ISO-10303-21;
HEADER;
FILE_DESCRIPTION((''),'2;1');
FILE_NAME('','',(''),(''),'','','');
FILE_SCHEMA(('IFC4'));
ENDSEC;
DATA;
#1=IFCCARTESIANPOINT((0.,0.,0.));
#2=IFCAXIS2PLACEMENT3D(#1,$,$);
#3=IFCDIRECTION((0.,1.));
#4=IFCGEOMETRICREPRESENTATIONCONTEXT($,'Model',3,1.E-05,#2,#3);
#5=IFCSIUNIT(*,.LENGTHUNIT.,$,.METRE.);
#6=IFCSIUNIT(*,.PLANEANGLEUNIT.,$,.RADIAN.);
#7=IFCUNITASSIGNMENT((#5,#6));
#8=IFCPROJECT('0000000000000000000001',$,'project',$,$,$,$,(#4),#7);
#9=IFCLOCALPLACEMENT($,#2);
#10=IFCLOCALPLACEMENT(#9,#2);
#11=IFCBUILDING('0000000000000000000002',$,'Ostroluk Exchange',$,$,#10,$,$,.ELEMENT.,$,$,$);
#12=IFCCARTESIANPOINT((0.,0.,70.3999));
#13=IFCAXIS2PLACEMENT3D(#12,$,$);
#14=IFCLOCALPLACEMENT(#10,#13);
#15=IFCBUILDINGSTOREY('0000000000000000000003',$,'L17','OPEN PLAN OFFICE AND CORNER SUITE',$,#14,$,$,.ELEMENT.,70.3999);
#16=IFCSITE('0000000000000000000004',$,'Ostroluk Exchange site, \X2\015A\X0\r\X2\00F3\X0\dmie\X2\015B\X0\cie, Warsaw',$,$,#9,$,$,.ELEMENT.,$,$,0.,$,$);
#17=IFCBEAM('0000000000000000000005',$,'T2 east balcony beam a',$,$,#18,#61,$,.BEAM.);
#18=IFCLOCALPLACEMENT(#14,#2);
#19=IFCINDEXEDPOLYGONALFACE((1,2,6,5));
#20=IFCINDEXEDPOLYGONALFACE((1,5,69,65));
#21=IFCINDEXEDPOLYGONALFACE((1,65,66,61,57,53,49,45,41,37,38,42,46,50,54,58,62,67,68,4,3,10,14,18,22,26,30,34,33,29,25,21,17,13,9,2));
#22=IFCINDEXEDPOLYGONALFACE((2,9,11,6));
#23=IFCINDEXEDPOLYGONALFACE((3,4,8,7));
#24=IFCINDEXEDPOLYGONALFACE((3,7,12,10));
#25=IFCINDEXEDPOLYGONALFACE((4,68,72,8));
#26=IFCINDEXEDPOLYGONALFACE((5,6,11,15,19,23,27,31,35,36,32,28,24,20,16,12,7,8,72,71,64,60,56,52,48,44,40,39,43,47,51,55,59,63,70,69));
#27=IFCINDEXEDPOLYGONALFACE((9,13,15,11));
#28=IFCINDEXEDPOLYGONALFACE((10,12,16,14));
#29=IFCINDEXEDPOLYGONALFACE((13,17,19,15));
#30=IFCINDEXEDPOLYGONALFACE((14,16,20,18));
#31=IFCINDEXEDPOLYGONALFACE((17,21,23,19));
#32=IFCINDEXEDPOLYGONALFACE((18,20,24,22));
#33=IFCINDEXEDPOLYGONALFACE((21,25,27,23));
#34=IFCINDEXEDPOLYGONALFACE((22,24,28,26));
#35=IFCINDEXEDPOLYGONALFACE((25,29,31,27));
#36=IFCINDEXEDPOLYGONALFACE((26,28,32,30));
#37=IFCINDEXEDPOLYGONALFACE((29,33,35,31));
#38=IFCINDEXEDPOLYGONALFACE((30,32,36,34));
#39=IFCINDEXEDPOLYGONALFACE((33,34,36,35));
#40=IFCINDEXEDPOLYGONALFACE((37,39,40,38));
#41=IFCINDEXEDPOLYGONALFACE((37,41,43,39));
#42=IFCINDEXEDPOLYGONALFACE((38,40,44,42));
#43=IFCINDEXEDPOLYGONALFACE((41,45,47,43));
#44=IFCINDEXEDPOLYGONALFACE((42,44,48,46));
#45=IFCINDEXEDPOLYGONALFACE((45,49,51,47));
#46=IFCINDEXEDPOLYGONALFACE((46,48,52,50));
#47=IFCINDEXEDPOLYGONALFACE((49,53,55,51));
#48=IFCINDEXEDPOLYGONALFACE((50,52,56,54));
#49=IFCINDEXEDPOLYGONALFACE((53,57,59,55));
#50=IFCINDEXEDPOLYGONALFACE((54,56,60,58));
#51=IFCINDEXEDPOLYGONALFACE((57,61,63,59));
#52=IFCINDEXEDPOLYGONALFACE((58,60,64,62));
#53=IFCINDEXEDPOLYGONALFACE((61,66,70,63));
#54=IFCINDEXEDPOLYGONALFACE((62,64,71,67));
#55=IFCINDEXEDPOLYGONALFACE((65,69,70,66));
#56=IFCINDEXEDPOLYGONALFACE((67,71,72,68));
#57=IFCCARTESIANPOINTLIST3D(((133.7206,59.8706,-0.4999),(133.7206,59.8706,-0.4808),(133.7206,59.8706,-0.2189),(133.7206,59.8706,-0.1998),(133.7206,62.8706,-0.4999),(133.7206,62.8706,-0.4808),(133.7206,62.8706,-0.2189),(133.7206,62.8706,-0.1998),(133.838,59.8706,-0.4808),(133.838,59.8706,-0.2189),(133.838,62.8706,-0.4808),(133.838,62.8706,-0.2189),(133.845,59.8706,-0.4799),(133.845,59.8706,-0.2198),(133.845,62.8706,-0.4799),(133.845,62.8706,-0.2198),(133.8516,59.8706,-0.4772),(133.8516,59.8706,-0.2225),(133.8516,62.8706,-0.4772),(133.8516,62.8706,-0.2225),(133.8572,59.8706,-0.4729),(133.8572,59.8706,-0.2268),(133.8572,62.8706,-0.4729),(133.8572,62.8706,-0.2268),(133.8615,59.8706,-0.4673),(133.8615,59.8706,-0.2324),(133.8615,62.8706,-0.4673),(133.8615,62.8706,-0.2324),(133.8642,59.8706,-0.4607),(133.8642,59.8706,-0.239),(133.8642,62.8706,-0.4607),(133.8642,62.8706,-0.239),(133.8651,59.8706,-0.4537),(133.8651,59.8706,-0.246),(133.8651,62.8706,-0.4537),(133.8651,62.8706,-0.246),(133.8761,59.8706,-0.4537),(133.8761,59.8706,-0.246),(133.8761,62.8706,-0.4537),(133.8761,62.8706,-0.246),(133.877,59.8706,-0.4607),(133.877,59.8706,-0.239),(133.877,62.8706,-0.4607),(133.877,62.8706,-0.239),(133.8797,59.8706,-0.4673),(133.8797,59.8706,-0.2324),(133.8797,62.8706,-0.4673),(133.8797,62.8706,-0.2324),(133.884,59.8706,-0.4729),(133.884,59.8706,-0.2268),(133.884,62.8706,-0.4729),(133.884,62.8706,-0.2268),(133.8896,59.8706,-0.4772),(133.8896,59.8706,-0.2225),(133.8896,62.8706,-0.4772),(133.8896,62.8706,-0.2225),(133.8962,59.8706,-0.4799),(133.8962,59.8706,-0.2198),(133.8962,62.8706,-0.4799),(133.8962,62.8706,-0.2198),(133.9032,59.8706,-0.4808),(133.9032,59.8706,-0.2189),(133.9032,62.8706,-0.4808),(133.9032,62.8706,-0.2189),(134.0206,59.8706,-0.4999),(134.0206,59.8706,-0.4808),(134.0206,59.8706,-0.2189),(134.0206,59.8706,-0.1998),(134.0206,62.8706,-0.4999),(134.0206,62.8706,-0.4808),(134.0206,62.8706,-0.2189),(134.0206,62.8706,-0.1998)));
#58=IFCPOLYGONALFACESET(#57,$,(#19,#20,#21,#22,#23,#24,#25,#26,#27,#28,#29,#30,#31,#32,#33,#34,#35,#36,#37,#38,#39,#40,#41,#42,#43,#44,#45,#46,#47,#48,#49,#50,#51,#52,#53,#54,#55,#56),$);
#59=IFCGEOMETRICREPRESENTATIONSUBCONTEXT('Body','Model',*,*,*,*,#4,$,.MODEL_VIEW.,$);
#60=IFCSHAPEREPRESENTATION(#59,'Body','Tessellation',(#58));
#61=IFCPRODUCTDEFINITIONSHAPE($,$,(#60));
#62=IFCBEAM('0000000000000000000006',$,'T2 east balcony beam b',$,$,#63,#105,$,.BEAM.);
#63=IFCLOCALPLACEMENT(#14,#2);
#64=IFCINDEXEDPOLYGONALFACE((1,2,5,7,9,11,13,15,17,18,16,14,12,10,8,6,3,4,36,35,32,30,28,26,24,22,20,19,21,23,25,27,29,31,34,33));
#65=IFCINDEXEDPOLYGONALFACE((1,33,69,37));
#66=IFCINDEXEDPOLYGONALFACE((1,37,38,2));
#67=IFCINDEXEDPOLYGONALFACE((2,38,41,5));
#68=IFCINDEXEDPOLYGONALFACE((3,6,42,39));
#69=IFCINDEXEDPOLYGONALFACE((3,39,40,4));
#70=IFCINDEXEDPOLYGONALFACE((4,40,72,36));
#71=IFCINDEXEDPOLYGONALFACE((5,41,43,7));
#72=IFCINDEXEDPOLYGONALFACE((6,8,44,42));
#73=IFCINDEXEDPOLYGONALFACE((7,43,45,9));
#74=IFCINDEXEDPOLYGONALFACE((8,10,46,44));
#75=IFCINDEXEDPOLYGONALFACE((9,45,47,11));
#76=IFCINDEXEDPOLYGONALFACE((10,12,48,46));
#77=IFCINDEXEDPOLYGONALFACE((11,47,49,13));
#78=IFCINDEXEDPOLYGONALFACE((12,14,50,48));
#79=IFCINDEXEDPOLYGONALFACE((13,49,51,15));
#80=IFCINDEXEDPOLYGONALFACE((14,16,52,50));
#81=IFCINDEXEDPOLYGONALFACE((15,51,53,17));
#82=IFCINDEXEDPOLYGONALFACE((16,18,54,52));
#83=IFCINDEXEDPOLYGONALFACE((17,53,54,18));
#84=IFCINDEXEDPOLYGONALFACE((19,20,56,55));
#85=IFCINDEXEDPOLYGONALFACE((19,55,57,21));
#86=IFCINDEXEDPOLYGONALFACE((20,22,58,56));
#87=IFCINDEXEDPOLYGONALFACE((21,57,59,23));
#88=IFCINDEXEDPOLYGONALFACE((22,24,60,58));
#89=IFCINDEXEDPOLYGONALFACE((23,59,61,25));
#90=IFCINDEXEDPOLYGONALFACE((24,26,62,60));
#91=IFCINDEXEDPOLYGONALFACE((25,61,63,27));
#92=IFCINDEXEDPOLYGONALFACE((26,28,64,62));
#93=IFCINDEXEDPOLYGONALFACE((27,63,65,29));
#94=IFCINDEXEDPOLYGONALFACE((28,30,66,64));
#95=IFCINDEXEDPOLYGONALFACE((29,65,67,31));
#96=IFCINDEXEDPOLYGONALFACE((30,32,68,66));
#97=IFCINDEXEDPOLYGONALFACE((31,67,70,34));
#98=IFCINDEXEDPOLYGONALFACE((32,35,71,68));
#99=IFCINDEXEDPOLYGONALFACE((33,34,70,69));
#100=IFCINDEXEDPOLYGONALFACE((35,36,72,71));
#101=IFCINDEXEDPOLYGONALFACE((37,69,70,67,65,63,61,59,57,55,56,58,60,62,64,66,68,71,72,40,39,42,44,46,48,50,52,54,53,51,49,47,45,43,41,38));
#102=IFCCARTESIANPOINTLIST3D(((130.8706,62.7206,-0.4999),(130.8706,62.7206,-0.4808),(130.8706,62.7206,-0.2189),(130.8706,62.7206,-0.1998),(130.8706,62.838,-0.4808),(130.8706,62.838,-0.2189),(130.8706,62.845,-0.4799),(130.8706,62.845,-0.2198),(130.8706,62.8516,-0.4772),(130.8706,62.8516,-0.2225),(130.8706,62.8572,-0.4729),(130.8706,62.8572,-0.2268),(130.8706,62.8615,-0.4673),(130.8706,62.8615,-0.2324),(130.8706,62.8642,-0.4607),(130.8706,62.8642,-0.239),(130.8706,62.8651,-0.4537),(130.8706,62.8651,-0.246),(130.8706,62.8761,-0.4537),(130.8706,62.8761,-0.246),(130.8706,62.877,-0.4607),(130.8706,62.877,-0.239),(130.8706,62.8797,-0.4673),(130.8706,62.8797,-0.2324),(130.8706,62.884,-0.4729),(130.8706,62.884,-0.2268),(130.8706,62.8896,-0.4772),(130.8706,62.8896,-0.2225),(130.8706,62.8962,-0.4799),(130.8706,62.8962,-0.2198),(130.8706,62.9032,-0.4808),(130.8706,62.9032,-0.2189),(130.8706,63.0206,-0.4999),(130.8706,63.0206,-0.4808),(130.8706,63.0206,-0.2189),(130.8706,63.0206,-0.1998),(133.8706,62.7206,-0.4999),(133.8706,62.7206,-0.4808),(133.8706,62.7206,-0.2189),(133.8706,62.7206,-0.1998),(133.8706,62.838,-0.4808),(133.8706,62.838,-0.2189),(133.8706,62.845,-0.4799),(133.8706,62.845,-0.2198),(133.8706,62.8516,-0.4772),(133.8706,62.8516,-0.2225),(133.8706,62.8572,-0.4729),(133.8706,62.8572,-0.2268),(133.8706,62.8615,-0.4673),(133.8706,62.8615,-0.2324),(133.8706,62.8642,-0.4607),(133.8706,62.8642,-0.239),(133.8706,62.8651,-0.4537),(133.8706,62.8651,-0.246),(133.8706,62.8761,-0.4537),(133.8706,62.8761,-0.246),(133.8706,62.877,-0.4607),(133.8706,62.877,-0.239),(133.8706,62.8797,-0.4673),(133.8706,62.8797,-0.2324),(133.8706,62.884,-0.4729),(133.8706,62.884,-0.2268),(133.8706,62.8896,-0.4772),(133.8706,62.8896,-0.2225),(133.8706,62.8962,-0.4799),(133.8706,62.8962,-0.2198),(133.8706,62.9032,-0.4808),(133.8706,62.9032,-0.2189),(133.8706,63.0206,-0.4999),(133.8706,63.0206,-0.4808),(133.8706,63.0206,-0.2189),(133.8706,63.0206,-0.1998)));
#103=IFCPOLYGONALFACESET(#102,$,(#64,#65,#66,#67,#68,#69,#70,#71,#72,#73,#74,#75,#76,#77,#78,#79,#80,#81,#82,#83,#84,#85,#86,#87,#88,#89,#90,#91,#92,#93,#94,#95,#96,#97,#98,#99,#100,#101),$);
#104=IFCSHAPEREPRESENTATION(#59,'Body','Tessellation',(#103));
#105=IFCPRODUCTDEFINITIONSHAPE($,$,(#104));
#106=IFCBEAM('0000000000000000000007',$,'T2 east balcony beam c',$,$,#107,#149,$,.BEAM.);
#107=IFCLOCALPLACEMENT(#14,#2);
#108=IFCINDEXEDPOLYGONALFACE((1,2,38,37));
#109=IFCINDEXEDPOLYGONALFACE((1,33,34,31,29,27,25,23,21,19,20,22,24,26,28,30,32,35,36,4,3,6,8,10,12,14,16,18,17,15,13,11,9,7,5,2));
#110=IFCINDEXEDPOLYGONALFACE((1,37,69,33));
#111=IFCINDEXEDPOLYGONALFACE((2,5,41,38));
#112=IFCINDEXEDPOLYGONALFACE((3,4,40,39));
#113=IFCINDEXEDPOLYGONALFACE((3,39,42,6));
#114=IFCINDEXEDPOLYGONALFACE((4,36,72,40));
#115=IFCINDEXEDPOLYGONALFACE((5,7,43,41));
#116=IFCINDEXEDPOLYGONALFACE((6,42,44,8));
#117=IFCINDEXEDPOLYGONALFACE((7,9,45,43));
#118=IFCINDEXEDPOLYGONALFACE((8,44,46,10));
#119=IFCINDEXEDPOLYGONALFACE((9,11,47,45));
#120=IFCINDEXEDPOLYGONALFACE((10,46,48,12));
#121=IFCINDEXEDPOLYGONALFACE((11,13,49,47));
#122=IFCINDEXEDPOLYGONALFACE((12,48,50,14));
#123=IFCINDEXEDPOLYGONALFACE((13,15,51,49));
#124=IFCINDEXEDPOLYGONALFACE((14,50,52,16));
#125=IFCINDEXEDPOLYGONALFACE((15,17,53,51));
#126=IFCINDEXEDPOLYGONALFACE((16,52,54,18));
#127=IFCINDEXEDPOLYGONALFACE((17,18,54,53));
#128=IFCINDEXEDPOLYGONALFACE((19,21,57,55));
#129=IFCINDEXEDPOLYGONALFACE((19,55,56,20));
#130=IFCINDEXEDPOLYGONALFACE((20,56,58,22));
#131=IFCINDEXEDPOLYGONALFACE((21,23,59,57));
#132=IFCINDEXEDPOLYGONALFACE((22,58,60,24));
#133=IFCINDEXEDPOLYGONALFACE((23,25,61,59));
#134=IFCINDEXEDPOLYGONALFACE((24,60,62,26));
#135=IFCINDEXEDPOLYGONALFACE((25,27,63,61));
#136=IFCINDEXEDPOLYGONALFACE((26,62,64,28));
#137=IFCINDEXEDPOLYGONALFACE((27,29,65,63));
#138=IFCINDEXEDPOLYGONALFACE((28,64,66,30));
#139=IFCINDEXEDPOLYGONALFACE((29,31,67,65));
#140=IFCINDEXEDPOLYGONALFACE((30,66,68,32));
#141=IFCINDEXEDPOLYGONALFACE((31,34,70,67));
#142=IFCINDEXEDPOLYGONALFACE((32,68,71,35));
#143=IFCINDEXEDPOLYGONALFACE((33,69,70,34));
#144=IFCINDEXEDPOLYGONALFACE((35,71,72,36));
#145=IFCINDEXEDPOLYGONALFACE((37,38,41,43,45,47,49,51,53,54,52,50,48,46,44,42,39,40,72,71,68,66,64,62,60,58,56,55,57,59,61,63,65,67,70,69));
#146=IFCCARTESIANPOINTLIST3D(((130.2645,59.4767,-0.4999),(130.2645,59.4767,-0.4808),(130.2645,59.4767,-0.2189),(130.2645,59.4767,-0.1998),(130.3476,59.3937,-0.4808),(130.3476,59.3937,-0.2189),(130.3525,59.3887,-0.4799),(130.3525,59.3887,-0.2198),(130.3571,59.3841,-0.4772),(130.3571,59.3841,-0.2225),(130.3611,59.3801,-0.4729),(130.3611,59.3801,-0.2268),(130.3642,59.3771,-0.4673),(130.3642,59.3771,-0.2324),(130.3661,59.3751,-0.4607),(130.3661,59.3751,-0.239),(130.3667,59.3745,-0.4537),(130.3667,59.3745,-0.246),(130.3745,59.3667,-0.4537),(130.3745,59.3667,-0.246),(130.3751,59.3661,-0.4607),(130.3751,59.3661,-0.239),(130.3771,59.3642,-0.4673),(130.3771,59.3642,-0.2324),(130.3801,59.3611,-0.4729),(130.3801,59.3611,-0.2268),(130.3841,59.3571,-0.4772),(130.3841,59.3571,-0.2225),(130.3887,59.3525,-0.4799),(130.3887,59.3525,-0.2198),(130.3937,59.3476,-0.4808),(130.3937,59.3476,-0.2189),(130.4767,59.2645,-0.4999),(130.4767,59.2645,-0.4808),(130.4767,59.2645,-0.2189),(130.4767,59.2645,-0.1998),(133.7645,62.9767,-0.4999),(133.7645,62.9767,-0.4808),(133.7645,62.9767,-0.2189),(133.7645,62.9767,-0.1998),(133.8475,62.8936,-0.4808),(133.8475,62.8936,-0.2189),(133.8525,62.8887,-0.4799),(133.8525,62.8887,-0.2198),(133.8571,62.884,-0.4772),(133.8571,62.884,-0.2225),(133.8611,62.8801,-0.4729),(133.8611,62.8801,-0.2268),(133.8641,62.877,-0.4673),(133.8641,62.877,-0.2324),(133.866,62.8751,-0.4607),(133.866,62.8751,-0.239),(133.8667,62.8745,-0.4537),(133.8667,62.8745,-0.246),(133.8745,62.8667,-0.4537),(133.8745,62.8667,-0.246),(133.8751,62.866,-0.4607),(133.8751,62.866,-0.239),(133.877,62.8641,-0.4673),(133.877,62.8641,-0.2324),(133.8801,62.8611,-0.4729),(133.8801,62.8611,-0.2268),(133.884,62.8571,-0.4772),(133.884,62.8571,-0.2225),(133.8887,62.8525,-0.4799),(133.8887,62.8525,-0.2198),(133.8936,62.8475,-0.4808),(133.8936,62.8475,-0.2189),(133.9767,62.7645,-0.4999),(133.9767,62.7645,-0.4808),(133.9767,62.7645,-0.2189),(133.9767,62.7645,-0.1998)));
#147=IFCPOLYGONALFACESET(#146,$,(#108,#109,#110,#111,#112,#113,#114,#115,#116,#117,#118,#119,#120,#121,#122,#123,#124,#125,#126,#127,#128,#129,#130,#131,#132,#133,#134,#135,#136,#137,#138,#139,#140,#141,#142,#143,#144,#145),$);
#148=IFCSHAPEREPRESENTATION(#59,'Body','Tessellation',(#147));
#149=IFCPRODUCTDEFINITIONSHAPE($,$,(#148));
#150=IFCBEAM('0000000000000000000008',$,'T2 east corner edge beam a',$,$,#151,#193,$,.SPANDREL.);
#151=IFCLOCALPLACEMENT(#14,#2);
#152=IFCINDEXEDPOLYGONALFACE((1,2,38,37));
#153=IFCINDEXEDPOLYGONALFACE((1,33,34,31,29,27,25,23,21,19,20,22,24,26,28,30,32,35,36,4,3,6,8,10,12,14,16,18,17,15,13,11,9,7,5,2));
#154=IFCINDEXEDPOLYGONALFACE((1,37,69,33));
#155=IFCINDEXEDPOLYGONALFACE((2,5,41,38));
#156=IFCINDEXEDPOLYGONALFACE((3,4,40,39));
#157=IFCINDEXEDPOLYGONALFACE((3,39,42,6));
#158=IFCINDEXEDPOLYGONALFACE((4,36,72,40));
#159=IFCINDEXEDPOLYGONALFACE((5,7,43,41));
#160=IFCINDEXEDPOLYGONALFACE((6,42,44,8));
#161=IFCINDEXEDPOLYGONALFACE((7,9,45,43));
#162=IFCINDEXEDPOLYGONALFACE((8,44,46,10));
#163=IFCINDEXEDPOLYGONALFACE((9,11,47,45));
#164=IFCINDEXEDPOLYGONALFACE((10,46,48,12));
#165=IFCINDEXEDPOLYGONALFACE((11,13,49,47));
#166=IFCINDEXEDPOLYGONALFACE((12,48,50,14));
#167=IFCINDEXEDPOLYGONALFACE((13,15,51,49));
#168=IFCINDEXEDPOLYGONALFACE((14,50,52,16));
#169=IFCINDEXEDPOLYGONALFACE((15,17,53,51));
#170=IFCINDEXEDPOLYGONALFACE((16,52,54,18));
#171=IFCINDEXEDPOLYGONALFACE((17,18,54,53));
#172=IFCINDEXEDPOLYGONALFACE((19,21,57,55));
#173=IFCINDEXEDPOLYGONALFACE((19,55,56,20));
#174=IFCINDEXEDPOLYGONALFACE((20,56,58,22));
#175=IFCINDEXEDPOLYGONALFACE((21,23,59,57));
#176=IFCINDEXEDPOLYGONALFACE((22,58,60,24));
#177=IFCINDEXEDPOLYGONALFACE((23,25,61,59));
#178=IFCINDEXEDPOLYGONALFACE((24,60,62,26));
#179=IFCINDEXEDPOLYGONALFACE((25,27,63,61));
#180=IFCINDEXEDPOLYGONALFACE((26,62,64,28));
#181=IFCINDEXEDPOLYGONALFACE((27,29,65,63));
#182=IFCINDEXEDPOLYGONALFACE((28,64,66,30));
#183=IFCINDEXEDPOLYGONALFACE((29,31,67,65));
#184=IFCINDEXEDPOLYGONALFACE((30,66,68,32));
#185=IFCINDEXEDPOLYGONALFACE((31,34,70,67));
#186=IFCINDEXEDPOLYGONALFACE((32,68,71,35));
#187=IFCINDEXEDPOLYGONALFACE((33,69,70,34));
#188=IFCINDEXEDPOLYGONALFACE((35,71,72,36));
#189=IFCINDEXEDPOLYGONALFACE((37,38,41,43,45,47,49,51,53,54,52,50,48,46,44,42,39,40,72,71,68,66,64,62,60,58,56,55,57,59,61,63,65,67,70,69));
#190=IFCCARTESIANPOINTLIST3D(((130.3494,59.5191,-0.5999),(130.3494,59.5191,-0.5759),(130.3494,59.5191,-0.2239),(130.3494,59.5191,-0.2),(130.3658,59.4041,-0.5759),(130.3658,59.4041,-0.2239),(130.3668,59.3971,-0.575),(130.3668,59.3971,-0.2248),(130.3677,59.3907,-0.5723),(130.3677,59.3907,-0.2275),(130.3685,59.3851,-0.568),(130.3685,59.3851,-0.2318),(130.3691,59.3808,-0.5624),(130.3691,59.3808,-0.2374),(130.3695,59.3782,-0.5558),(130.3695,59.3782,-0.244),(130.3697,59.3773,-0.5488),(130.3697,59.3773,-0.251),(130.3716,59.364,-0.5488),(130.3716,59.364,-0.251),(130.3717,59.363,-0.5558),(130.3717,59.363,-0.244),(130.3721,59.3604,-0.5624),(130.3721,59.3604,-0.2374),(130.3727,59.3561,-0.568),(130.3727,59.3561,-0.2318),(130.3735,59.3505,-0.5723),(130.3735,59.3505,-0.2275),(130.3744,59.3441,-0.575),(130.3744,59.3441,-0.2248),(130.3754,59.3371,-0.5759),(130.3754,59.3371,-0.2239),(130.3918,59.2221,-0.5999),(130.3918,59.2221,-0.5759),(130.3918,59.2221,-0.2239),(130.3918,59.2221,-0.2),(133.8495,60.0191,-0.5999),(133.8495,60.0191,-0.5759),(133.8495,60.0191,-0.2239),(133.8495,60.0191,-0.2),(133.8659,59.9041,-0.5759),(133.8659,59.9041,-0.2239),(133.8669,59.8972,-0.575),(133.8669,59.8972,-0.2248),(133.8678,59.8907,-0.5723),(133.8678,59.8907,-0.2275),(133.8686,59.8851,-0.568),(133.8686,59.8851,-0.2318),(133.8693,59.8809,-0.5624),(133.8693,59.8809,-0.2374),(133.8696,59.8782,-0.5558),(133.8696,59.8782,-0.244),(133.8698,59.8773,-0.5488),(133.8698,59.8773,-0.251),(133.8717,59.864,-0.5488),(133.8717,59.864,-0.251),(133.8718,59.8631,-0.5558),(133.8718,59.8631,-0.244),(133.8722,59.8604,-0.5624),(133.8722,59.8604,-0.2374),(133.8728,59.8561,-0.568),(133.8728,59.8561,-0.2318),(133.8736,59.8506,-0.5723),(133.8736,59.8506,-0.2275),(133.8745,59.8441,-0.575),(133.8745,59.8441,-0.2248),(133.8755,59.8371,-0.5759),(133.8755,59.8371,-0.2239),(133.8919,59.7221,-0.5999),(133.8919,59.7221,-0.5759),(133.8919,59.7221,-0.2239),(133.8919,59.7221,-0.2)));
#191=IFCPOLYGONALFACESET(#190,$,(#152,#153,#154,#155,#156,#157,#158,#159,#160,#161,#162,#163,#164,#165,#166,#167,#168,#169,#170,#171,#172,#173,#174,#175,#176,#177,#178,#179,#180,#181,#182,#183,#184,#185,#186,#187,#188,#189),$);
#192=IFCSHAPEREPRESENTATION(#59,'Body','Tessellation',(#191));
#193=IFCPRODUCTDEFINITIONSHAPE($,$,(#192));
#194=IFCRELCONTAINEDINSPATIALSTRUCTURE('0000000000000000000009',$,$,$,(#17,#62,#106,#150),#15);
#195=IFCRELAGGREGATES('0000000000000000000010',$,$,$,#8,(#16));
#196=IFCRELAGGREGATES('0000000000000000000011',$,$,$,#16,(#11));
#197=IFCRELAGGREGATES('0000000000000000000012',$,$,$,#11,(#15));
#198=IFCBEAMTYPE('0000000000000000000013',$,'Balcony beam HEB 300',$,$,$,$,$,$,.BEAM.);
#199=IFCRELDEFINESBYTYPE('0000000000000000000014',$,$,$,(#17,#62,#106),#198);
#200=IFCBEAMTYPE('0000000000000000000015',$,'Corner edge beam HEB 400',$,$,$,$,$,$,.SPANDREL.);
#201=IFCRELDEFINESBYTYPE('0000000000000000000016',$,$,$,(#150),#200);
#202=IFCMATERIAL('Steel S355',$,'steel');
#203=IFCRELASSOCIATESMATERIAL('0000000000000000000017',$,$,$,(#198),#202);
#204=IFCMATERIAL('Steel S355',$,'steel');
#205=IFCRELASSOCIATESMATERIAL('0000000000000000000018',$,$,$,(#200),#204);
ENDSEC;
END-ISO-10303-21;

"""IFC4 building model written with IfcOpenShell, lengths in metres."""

from ifc_helpers import new_model, si_unit, direction, frame, origin, origin_2d, place, context, subcontext, project, spatial, i_section, extrude, material, material_profile, profile_set, type_object, element, save


model = new_model("IFC4")

# Units and contexts
model_context = context("Model", 3, precision=1e-05, world=origin(), true_north=direction((0.0, 1.0)))
body_context = subcontext(model_context, "Body", "Model", "MODEL_VIEW")
ifc_project = project(units=[si_unit("LENGTHUNIT", "METRE"), si_unit("PLANEANGLEUNIT", "RADIAN")], contexts=[model_context])

# Site, building, storey
site_placement = place(None, origin())
site = spatial("IfcSite", under=ifc_project, at=site_placement, Name="Ostroluk Exchange site, Śródmieście, Warsaw", CompositionType="ELEMENT", RefElevation=0.0)
building_placement = place(site_placement, origin())
building = spatial("IfcBuilding", under=site, at=building_placement, Name="Ostroluk Exchange", CompositionType="ELEMENT")
storey_placement = place(building_placement, frame((0.0, 0.0, 70.3999)))
storey = spatial("IfcBuildingStorey", under=building, at=storey_placement, Name="L17", Description="OPEN PLAN OFFICE AND CORNER SUITE", CompositionType="ELEMENT", Elevation=70.3999)

# Beams
ifc_material_1 = material(Name="Steel S355", Category="steel")
ifc_material_profile_1 = material_profile(ifc_material_1, i_section(OverallWidth=0.3, OverallDepth=0.3, WebThickness=0.011, FlangeThickness=0.019, FilletRadius=0.0271, at=origin_2d()), Name="HEB 300")
ifc_profile_set_1 = profile_set([ifc_material_profile_1], Name="Steel S355")
beam_type_1 = type_object("IfcBeamType", Name="Balcony beam HEB 300", PredefinedType="BEAM", material=ifc_profile_set_1)
for number, where, z_axis, x_axis, name in (
    (1, (133.8706, 59.8706, -0.3499), (0.0, 1.0, 0.0), (-1.0, 0.0, 0.0), "T2 east balcony beam a"),
    (2, (130.8706, 62.8706, -0.3499), (1.0, 0.0, 0.0), (0.0, 1.0, 0.0), "T2 east balcony beam b"),
):
    element("IfcBeam", number, at=place(storey_placement, frame(where, z_axis=z_axis, x_axis=x_axis)), inside=storey, type_object=beam_type_1, Name=name, PredefinedType="BEAM", context=body_context, shape_type="SweptSolid", body=[
        extrude(i_section(OverallWidth=0.3, OverallDepth=0.3, WebThickness=0.011, FlangeThickness=0.019, FilletRadius=0.0271, at=origin_2d()), origin(), (0.0, 0.0, 1.0), 3.0),
    ])
beam_1_placement = place(storey_placement, frame((130.3706, 59.3706, -0.3499), z_axis=(0.707107, 0.707107, 0.0), x_axis=(-0.707107, 0.707107, 0.0)))
element("IfcBeam", 3, at=beam_1_placement, inside=storey, type_object=beam_type_1, Name="T2 east balcony beam c", PredefinedType="BEAM", context=body_context, shape_type="SweptSolid", body=[
    extrude(i_section(OverallWidth=0.3, OverallDepth=0.3, WebThickness=0.011, FlangeThickness=0.019, FilletRadius=0.0271, at=origin_2d()), origin(), (0.0, 0.0, 1.0), 4.9497),
])
ifc_material_2 = material(Name="Steel S355", Category="steel")
ifc_material_profile_2 = material_profile(ifc_material_2, i_section(OverallWidth=0.3, OverallDepth=0.3999, WebThickness=0.0134, FlangeThickness=0.0239, FilletRadius=0.0271, at=origin_2d()), Name="HEB 400")
ifc_profile_set_2 = profile_set([ifc_material_profile_2], Name="Steel S355")
beam_type_2 = type_object("IfcBeamType", Name="Corner edge beam HEB 400", PredefinedType="SPANDREL", material=ifc_profile_set_2)
for number, where, z_axis, x_axis, name in (
    (4, (130.3706, 59.3706, -0.3999), (0.989949, 0.141421, 0.0), (-0.141421, 0.989949, 0.0), "T2 east corner edge beam a"),
):
    element("IfcBeam", number, at=place(storey_placement, frame(where, z_axis=z_axis, x_axis=x_axis)), inside=storey, type_object=beam_type_2, Name=name, PredefinedType="SPANDREL", context=body_context, shape_type="SweptSolid", body=[
        extrude(i_section(OverallWidth=0.3, OverallDepth=0.3999, WebThickness=0.0134, FlangeThickness=0.0239, FilletRadius=0.0271, at=origin_2d()), origin(), (0.0, 0.0, 1.0), 3.5356),
    ])

save(model, "model.ifc")
